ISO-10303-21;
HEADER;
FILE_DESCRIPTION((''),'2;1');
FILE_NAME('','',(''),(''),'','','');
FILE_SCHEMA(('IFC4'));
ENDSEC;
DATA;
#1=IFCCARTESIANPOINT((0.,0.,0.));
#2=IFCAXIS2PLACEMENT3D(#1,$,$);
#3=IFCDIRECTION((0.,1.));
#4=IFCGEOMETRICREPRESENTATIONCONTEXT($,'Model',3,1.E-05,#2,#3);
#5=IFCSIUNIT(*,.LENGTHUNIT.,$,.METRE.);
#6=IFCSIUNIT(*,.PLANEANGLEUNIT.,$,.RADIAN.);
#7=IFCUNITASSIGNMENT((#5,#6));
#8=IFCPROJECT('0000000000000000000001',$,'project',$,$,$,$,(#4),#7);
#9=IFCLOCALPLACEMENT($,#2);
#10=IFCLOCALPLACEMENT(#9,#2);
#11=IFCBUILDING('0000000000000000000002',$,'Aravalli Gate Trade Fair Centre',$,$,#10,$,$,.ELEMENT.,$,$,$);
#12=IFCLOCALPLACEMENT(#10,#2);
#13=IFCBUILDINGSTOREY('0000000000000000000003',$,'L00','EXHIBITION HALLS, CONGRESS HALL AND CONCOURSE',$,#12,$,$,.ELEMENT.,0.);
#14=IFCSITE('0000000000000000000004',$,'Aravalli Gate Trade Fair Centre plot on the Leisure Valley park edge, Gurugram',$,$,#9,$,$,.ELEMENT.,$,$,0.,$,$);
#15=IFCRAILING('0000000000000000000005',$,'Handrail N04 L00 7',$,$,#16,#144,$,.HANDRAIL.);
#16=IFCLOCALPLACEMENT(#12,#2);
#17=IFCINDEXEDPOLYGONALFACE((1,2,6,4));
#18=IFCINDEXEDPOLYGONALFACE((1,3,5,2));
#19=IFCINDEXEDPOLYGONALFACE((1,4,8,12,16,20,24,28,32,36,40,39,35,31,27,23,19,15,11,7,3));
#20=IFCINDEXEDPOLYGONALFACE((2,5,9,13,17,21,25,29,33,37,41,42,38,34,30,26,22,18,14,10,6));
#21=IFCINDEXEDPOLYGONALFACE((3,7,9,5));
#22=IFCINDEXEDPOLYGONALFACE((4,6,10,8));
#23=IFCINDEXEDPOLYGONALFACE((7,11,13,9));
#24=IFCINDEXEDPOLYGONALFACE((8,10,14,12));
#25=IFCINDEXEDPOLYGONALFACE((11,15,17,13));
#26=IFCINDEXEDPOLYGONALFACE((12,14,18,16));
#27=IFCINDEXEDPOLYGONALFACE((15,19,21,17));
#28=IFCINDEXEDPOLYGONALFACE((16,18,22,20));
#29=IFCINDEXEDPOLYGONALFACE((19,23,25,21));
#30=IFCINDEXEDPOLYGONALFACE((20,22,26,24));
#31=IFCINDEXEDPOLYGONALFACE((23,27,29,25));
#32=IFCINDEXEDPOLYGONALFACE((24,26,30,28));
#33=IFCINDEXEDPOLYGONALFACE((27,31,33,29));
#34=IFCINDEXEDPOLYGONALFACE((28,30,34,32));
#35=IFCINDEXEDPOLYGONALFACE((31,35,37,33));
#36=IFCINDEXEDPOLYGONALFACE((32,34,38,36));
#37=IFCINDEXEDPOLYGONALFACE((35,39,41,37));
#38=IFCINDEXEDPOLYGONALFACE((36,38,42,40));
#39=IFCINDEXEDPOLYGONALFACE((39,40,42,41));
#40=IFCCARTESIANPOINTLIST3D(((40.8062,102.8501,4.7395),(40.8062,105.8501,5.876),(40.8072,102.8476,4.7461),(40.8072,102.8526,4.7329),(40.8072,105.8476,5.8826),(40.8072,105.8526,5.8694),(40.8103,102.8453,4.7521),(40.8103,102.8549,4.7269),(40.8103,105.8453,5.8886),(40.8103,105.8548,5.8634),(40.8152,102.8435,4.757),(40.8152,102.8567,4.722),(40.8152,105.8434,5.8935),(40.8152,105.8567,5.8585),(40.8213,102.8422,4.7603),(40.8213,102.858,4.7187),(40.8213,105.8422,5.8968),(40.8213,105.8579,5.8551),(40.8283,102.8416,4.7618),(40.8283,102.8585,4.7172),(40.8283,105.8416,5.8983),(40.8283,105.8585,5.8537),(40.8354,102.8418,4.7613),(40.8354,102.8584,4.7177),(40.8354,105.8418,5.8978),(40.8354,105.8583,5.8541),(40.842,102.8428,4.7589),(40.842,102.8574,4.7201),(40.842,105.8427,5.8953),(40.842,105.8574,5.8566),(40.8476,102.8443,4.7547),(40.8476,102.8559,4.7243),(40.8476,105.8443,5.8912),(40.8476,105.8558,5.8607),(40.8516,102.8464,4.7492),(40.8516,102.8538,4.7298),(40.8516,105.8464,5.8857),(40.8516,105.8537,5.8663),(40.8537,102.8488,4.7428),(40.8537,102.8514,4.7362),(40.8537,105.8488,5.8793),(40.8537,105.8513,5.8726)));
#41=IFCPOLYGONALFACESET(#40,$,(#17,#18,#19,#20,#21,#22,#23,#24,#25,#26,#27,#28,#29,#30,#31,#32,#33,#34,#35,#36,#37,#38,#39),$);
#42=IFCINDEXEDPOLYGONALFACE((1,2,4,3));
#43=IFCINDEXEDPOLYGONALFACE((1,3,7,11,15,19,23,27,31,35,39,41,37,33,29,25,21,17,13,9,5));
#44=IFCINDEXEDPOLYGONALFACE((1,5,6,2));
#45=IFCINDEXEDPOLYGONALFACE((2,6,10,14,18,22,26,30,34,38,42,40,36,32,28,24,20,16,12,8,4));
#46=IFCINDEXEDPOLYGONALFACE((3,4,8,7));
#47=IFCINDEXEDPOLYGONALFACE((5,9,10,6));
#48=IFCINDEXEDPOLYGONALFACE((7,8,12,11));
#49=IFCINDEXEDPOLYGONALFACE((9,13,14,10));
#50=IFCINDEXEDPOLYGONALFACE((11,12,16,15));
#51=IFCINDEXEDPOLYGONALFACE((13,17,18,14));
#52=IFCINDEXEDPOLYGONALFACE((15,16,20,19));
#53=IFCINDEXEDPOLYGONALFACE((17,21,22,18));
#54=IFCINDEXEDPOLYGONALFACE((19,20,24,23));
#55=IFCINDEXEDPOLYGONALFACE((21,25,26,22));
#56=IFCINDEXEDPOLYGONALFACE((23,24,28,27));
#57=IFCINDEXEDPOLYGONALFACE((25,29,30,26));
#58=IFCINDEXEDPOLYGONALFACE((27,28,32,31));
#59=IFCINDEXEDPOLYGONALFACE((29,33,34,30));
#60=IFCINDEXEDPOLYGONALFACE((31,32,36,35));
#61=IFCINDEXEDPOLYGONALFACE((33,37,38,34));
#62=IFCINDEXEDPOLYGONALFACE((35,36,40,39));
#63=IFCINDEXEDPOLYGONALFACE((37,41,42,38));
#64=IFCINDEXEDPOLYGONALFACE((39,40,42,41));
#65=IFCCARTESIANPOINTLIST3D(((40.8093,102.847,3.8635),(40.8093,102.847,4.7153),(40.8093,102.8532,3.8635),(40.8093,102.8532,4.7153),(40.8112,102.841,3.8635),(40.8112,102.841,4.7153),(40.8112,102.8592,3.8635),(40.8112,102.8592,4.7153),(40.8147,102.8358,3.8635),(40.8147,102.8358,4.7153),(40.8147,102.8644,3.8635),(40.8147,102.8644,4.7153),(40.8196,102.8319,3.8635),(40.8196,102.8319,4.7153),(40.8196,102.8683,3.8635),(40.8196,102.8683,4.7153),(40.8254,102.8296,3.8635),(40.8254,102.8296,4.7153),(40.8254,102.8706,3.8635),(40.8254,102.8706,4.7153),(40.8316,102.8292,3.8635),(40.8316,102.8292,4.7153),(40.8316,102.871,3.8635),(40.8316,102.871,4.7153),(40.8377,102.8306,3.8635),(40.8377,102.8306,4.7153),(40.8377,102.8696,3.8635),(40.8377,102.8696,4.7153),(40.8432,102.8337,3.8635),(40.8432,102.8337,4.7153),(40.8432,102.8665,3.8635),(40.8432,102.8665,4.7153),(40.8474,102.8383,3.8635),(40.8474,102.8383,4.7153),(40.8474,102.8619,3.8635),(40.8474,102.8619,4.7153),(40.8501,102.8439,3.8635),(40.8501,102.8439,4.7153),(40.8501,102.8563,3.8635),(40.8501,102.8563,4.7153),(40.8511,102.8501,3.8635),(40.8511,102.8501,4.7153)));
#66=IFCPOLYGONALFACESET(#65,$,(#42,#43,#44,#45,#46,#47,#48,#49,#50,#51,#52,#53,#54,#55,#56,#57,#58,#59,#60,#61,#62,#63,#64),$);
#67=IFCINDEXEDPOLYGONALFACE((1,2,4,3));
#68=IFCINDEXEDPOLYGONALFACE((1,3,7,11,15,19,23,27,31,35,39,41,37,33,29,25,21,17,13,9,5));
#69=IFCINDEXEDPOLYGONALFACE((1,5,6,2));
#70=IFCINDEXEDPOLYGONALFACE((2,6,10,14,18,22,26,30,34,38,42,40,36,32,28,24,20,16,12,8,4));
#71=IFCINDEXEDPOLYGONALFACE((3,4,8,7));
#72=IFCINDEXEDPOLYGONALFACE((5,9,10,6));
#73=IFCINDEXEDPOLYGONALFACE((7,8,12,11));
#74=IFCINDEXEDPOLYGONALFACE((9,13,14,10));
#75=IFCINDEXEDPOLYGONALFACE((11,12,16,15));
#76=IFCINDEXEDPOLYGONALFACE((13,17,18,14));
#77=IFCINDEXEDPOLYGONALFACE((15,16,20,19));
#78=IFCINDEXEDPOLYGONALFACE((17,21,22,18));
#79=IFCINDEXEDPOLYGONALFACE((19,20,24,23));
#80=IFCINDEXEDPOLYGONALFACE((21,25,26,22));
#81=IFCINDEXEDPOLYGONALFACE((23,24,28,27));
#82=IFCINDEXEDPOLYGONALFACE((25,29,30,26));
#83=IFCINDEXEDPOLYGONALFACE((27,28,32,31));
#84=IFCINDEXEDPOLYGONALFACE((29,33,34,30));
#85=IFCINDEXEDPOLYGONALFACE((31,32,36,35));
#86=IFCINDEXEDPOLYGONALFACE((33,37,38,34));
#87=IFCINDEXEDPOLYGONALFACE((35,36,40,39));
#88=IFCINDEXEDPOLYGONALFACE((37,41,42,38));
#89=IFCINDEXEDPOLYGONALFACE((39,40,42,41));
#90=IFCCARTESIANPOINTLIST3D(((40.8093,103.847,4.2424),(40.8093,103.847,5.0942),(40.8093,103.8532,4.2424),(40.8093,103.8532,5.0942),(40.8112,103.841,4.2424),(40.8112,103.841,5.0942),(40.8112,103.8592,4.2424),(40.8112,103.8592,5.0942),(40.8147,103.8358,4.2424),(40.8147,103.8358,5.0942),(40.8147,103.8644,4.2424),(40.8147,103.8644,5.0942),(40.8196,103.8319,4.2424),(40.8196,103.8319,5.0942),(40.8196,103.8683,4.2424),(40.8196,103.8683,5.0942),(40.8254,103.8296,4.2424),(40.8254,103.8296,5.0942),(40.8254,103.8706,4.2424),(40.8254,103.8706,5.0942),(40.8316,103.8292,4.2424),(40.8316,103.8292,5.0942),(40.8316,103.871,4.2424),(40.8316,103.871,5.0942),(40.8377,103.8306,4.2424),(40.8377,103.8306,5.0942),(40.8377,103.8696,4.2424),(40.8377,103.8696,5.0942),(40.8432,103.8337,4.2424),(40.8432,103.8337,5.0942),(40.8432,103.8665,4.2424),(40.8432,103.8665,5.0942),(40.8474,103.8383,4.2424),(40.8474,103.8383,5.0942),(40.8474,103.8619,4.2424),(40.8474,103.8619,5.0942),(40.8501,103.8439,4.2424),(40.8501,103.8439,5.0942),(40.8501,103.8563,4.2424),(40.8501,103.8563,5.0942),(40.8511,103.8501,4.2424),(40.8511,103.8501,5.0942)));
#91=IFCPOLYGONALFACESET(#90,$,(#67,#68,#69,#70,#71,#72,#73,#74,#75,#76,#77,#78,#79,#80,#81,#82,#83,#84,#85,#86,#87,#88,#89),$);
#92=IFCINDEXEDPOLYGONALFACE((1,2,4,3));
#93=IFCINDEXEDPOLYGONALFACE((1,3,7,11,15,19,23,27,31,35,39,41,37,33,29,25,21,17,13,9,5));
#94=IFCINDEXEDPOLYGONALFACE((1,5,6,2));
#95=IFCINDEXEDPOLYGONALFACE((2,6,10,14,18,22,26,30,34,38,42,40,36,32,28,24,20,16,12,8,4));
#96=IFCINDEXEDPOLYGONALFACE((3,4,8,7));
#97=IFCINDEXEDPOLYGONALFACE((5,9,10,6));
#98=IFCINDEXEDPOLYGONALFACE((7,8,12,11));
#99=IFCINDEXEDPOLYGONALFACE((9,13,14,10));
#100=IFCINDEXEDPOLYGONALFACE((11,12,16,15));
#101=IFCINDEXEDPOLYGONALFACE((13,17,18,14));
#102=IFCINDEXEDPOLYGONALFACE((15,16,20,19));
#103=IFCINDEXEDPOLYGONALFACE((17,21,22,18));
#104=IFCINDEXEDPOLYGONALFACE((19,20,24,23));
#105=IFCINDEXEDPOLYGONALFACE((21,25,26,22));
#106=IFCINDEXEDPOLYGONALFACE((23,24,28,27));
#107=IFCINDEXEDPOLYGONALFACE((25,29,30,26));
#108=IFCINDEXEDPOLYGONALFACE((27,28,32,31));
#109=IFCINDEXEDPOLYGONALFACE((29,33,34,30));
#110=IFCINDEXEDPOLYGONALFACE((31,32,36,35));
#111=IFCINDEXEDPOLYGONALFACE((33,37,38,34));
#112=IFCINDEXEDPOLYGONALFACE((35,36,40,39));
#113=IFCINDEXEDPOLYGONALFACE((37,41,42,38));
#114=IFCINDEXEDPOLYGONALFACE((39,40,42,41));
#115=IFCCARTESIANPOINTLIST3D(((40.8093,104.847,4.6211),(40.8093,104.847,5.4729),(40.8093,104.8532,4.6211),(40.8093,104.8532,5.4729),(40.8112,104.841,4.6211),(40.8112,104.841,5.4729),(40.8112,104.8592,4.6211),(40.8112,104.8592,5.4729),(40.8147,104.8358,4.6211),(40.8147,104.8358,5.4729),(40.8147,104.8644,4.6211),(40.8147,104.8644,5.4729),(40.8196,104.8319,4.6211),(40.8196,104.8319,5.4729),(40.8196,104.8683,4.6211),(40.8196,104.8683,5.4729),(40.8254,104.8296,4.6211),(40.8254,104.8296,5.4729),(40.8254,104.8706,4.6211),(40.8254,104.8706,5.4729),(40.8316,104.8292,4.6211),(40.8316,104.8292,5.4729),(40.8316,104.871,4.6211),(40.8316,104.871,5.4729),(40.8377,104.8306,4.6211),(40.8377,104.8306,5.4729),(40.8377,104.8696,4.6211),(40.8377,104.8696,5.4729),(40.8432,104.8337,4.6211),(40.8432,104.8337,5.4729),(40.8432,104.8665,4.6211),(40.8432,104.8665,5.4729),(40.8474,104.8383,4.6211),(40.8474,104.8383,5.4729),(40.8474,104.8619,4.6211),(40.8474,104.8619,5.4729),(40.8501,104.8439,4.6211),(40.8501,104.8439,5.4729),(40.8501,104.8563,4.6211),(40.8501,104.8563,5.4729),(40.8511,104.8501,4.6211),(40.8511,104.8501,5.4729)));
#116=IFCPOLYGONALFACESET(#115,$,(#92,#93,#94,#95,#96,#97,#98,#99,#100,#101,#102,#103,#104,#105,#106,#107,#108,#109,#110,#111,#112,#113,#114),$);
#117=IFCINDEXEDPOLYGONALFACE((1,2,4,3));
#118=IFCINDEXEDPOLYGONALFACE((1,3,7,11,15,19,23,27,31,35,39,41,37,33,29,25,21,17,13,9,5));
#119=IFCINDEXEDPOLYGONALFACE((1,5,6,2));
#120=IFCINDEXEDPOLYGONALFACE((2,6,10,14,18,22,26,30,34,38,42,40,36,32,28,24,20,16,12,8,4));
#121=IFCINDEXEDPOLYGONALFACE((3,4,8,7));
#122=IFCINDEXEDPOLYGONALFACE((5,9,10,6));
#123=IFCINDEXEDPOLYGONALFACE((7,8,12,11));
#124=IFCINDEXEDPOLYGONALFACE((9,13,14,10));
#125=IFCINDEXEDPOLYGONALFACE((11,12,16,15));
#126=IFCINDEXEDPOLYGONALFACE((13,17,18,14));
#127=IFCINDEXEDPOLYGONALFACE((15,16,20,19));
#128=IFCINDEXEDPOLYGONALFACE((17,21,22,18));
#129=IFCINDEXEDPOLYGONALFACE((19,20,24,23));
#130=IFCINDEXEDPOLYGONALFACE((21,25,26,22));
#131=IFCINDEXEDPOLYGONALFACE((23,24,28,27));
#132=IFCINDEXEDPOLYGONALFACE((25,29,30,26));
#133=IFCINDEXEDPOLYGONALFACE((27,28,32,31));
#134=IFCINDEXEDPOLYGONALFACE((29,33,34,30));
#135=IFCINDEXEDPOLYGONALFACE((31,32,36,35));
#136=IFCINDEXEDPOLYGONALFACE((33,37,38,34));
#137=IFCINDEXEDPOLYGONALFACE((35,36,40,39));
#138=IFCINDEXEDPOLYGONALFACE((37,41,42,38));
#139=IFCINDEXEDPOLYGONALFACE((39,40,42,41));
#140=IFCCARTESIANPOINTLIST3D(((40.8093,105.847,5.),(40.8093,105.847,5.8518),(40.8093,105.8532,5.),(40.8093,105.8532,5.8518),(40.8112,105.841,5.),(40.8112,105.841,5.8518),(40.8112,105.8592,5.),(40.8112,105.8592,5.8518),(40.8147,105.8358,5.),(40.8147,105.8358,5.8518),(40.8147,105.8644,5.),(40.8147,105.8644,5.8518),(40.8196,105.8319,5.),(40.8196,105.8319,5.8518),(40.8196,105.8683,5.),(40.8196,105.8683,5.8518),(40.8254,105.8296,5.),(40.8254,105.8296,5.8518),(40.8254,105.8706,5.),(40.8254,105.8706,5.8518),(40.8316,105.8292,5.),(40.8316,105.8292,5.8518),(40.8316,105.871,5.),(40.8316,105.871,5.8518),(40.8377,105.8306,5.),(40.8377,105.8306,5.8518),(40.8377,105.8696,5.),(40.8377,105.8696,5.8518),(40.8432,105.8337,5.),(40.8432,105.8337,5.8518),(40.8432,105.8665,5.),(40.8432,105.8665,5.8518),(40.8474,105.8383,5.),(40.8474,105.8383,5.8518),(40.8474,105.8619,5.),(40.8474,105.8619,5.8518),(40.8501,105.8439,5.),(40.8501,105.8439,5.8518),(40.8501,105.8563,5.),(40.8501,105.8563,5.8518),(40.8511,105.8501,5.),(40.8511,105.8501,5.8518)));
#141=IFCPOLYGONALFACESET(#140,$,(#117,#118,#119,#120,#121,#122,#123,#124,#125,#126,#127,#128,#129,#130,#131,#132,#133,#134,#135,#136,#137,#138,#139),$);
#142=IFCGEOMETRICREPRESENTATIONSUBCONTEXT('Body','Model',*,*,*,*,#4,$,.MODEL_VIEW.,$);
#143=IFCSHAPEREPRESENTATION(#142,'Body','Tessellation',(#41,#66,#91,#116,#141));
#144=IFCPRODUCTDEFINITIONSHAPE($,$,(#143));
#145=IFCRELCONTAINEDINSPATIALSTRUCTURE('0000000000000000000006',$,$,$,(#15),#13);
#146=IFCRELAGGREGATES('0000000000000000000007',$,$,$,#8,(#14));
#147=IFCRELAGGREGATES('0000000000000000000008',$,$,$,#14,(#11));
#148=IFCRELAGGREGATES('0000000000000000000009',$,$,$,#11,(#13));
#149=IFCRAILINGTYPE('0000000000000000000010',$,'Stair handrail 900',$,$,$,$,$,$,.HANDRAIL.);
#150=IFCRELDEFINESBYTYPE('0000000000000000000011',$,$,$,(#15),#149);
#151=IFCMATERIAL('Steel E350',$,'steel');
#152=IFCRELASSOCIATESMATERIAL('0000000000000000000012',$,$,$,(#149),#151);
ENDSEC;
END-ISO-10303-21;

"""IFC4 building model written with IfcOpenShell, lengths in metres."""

from ifc_helpers import new_model, si_unit, direction, frame, origin, origin_2d, place, context, subcontext, project, spatial, circle, extrude, material, type_object, element, save


model = new_model("IFC4")

# Units and contexts
model_context = context("Model", 3, precision=1e-05, world=origin(), true_north=direction((0.0, 1.0)))
body_context = subcontext(model_context, "Body", "Model", "MODEL_VIEW")
ifc_project = project(units=[si_unit("LENGTHUNIT", "METRE"), si_unit("PLANEANGLEUNIT", "RADIAN")], contexts=[model_context])

# Site, building, storey
site_placement = place(None, origin())
site = spatial("IfcSite", under=ifc_project, at=site_placement, Name="Aravalli Gate Trade Fair Centre plot on the Leisure Valley park edge, Gurugram", CompositionType="ELEMENT", RefElevation=0.0)
building_placement = place(site_placement, origin())
building = spatial("IfcBuilding", under=site, at=building_placement, Name="Aravalli Gate Trade Fair Centre", CompositionType="ELEMENT")
storey_placement = place(building_placement, origin())
storey = spatial("IfcBuildingStorey", under=building, at=storey_placement, Name="L00", Description="EXHIBITION HALLS, CONGRESS HALL AND CONCOURSE", CompositionType="ELEMENT", Elevation=0.0)

# Railing
ifc_material_1 = material(Name="Steel E350", Category="steel")
railing_type = type_object("IfcRailingType", Name="Stair handrail 900", PredefinedType="HANDRAIL", material=ifc_material_1)
for number, where, name in (
    (1, (40.8301, 102.8501, 3.8635), "Handrail N04 L00 7"),
):
    element("IfcRailing", number, at=place(storey_placement, frame(where)), inside=storey, type_object=railing_type, Name=name, PredefinedType="HANDRAIL", context=body_context, shape_type="SweptSolid", body=[
        extrude(circle(Radius=0.0239, at=origin_2d()), frame((0.0, 0.0, 0.876), z_axis=(0.0, 0.935148, 0.354257), x_axis=(-1.0, 0.0, 0.0)), (0.0, 0.0, 1.0), 3.208),
        extrude(circle(Radius=0.021, at=origin_2d()), origin(), (0.0, 0.0, 1.0), 0.8518),
        extrude(circle(Radius=0.021, at=origin_2d()), frame((0.0, 1.0, 0.3789)), (0.0, 0.0, 1.0), 0.8518),
        extrude(circle(Radius=0.021, at=origin_2d()), frame((0.0, 2.0, 0.7576)), (0.0, 0.0, 1.0), 0.8518),
        extrude(circle(Radius=0.021, at=origin_2d()), frame((0.0, 3.0, 1.1365)), (0.0, 0.0, 1.0), 0.8518),
    ])

save(model, "model.ifc")
